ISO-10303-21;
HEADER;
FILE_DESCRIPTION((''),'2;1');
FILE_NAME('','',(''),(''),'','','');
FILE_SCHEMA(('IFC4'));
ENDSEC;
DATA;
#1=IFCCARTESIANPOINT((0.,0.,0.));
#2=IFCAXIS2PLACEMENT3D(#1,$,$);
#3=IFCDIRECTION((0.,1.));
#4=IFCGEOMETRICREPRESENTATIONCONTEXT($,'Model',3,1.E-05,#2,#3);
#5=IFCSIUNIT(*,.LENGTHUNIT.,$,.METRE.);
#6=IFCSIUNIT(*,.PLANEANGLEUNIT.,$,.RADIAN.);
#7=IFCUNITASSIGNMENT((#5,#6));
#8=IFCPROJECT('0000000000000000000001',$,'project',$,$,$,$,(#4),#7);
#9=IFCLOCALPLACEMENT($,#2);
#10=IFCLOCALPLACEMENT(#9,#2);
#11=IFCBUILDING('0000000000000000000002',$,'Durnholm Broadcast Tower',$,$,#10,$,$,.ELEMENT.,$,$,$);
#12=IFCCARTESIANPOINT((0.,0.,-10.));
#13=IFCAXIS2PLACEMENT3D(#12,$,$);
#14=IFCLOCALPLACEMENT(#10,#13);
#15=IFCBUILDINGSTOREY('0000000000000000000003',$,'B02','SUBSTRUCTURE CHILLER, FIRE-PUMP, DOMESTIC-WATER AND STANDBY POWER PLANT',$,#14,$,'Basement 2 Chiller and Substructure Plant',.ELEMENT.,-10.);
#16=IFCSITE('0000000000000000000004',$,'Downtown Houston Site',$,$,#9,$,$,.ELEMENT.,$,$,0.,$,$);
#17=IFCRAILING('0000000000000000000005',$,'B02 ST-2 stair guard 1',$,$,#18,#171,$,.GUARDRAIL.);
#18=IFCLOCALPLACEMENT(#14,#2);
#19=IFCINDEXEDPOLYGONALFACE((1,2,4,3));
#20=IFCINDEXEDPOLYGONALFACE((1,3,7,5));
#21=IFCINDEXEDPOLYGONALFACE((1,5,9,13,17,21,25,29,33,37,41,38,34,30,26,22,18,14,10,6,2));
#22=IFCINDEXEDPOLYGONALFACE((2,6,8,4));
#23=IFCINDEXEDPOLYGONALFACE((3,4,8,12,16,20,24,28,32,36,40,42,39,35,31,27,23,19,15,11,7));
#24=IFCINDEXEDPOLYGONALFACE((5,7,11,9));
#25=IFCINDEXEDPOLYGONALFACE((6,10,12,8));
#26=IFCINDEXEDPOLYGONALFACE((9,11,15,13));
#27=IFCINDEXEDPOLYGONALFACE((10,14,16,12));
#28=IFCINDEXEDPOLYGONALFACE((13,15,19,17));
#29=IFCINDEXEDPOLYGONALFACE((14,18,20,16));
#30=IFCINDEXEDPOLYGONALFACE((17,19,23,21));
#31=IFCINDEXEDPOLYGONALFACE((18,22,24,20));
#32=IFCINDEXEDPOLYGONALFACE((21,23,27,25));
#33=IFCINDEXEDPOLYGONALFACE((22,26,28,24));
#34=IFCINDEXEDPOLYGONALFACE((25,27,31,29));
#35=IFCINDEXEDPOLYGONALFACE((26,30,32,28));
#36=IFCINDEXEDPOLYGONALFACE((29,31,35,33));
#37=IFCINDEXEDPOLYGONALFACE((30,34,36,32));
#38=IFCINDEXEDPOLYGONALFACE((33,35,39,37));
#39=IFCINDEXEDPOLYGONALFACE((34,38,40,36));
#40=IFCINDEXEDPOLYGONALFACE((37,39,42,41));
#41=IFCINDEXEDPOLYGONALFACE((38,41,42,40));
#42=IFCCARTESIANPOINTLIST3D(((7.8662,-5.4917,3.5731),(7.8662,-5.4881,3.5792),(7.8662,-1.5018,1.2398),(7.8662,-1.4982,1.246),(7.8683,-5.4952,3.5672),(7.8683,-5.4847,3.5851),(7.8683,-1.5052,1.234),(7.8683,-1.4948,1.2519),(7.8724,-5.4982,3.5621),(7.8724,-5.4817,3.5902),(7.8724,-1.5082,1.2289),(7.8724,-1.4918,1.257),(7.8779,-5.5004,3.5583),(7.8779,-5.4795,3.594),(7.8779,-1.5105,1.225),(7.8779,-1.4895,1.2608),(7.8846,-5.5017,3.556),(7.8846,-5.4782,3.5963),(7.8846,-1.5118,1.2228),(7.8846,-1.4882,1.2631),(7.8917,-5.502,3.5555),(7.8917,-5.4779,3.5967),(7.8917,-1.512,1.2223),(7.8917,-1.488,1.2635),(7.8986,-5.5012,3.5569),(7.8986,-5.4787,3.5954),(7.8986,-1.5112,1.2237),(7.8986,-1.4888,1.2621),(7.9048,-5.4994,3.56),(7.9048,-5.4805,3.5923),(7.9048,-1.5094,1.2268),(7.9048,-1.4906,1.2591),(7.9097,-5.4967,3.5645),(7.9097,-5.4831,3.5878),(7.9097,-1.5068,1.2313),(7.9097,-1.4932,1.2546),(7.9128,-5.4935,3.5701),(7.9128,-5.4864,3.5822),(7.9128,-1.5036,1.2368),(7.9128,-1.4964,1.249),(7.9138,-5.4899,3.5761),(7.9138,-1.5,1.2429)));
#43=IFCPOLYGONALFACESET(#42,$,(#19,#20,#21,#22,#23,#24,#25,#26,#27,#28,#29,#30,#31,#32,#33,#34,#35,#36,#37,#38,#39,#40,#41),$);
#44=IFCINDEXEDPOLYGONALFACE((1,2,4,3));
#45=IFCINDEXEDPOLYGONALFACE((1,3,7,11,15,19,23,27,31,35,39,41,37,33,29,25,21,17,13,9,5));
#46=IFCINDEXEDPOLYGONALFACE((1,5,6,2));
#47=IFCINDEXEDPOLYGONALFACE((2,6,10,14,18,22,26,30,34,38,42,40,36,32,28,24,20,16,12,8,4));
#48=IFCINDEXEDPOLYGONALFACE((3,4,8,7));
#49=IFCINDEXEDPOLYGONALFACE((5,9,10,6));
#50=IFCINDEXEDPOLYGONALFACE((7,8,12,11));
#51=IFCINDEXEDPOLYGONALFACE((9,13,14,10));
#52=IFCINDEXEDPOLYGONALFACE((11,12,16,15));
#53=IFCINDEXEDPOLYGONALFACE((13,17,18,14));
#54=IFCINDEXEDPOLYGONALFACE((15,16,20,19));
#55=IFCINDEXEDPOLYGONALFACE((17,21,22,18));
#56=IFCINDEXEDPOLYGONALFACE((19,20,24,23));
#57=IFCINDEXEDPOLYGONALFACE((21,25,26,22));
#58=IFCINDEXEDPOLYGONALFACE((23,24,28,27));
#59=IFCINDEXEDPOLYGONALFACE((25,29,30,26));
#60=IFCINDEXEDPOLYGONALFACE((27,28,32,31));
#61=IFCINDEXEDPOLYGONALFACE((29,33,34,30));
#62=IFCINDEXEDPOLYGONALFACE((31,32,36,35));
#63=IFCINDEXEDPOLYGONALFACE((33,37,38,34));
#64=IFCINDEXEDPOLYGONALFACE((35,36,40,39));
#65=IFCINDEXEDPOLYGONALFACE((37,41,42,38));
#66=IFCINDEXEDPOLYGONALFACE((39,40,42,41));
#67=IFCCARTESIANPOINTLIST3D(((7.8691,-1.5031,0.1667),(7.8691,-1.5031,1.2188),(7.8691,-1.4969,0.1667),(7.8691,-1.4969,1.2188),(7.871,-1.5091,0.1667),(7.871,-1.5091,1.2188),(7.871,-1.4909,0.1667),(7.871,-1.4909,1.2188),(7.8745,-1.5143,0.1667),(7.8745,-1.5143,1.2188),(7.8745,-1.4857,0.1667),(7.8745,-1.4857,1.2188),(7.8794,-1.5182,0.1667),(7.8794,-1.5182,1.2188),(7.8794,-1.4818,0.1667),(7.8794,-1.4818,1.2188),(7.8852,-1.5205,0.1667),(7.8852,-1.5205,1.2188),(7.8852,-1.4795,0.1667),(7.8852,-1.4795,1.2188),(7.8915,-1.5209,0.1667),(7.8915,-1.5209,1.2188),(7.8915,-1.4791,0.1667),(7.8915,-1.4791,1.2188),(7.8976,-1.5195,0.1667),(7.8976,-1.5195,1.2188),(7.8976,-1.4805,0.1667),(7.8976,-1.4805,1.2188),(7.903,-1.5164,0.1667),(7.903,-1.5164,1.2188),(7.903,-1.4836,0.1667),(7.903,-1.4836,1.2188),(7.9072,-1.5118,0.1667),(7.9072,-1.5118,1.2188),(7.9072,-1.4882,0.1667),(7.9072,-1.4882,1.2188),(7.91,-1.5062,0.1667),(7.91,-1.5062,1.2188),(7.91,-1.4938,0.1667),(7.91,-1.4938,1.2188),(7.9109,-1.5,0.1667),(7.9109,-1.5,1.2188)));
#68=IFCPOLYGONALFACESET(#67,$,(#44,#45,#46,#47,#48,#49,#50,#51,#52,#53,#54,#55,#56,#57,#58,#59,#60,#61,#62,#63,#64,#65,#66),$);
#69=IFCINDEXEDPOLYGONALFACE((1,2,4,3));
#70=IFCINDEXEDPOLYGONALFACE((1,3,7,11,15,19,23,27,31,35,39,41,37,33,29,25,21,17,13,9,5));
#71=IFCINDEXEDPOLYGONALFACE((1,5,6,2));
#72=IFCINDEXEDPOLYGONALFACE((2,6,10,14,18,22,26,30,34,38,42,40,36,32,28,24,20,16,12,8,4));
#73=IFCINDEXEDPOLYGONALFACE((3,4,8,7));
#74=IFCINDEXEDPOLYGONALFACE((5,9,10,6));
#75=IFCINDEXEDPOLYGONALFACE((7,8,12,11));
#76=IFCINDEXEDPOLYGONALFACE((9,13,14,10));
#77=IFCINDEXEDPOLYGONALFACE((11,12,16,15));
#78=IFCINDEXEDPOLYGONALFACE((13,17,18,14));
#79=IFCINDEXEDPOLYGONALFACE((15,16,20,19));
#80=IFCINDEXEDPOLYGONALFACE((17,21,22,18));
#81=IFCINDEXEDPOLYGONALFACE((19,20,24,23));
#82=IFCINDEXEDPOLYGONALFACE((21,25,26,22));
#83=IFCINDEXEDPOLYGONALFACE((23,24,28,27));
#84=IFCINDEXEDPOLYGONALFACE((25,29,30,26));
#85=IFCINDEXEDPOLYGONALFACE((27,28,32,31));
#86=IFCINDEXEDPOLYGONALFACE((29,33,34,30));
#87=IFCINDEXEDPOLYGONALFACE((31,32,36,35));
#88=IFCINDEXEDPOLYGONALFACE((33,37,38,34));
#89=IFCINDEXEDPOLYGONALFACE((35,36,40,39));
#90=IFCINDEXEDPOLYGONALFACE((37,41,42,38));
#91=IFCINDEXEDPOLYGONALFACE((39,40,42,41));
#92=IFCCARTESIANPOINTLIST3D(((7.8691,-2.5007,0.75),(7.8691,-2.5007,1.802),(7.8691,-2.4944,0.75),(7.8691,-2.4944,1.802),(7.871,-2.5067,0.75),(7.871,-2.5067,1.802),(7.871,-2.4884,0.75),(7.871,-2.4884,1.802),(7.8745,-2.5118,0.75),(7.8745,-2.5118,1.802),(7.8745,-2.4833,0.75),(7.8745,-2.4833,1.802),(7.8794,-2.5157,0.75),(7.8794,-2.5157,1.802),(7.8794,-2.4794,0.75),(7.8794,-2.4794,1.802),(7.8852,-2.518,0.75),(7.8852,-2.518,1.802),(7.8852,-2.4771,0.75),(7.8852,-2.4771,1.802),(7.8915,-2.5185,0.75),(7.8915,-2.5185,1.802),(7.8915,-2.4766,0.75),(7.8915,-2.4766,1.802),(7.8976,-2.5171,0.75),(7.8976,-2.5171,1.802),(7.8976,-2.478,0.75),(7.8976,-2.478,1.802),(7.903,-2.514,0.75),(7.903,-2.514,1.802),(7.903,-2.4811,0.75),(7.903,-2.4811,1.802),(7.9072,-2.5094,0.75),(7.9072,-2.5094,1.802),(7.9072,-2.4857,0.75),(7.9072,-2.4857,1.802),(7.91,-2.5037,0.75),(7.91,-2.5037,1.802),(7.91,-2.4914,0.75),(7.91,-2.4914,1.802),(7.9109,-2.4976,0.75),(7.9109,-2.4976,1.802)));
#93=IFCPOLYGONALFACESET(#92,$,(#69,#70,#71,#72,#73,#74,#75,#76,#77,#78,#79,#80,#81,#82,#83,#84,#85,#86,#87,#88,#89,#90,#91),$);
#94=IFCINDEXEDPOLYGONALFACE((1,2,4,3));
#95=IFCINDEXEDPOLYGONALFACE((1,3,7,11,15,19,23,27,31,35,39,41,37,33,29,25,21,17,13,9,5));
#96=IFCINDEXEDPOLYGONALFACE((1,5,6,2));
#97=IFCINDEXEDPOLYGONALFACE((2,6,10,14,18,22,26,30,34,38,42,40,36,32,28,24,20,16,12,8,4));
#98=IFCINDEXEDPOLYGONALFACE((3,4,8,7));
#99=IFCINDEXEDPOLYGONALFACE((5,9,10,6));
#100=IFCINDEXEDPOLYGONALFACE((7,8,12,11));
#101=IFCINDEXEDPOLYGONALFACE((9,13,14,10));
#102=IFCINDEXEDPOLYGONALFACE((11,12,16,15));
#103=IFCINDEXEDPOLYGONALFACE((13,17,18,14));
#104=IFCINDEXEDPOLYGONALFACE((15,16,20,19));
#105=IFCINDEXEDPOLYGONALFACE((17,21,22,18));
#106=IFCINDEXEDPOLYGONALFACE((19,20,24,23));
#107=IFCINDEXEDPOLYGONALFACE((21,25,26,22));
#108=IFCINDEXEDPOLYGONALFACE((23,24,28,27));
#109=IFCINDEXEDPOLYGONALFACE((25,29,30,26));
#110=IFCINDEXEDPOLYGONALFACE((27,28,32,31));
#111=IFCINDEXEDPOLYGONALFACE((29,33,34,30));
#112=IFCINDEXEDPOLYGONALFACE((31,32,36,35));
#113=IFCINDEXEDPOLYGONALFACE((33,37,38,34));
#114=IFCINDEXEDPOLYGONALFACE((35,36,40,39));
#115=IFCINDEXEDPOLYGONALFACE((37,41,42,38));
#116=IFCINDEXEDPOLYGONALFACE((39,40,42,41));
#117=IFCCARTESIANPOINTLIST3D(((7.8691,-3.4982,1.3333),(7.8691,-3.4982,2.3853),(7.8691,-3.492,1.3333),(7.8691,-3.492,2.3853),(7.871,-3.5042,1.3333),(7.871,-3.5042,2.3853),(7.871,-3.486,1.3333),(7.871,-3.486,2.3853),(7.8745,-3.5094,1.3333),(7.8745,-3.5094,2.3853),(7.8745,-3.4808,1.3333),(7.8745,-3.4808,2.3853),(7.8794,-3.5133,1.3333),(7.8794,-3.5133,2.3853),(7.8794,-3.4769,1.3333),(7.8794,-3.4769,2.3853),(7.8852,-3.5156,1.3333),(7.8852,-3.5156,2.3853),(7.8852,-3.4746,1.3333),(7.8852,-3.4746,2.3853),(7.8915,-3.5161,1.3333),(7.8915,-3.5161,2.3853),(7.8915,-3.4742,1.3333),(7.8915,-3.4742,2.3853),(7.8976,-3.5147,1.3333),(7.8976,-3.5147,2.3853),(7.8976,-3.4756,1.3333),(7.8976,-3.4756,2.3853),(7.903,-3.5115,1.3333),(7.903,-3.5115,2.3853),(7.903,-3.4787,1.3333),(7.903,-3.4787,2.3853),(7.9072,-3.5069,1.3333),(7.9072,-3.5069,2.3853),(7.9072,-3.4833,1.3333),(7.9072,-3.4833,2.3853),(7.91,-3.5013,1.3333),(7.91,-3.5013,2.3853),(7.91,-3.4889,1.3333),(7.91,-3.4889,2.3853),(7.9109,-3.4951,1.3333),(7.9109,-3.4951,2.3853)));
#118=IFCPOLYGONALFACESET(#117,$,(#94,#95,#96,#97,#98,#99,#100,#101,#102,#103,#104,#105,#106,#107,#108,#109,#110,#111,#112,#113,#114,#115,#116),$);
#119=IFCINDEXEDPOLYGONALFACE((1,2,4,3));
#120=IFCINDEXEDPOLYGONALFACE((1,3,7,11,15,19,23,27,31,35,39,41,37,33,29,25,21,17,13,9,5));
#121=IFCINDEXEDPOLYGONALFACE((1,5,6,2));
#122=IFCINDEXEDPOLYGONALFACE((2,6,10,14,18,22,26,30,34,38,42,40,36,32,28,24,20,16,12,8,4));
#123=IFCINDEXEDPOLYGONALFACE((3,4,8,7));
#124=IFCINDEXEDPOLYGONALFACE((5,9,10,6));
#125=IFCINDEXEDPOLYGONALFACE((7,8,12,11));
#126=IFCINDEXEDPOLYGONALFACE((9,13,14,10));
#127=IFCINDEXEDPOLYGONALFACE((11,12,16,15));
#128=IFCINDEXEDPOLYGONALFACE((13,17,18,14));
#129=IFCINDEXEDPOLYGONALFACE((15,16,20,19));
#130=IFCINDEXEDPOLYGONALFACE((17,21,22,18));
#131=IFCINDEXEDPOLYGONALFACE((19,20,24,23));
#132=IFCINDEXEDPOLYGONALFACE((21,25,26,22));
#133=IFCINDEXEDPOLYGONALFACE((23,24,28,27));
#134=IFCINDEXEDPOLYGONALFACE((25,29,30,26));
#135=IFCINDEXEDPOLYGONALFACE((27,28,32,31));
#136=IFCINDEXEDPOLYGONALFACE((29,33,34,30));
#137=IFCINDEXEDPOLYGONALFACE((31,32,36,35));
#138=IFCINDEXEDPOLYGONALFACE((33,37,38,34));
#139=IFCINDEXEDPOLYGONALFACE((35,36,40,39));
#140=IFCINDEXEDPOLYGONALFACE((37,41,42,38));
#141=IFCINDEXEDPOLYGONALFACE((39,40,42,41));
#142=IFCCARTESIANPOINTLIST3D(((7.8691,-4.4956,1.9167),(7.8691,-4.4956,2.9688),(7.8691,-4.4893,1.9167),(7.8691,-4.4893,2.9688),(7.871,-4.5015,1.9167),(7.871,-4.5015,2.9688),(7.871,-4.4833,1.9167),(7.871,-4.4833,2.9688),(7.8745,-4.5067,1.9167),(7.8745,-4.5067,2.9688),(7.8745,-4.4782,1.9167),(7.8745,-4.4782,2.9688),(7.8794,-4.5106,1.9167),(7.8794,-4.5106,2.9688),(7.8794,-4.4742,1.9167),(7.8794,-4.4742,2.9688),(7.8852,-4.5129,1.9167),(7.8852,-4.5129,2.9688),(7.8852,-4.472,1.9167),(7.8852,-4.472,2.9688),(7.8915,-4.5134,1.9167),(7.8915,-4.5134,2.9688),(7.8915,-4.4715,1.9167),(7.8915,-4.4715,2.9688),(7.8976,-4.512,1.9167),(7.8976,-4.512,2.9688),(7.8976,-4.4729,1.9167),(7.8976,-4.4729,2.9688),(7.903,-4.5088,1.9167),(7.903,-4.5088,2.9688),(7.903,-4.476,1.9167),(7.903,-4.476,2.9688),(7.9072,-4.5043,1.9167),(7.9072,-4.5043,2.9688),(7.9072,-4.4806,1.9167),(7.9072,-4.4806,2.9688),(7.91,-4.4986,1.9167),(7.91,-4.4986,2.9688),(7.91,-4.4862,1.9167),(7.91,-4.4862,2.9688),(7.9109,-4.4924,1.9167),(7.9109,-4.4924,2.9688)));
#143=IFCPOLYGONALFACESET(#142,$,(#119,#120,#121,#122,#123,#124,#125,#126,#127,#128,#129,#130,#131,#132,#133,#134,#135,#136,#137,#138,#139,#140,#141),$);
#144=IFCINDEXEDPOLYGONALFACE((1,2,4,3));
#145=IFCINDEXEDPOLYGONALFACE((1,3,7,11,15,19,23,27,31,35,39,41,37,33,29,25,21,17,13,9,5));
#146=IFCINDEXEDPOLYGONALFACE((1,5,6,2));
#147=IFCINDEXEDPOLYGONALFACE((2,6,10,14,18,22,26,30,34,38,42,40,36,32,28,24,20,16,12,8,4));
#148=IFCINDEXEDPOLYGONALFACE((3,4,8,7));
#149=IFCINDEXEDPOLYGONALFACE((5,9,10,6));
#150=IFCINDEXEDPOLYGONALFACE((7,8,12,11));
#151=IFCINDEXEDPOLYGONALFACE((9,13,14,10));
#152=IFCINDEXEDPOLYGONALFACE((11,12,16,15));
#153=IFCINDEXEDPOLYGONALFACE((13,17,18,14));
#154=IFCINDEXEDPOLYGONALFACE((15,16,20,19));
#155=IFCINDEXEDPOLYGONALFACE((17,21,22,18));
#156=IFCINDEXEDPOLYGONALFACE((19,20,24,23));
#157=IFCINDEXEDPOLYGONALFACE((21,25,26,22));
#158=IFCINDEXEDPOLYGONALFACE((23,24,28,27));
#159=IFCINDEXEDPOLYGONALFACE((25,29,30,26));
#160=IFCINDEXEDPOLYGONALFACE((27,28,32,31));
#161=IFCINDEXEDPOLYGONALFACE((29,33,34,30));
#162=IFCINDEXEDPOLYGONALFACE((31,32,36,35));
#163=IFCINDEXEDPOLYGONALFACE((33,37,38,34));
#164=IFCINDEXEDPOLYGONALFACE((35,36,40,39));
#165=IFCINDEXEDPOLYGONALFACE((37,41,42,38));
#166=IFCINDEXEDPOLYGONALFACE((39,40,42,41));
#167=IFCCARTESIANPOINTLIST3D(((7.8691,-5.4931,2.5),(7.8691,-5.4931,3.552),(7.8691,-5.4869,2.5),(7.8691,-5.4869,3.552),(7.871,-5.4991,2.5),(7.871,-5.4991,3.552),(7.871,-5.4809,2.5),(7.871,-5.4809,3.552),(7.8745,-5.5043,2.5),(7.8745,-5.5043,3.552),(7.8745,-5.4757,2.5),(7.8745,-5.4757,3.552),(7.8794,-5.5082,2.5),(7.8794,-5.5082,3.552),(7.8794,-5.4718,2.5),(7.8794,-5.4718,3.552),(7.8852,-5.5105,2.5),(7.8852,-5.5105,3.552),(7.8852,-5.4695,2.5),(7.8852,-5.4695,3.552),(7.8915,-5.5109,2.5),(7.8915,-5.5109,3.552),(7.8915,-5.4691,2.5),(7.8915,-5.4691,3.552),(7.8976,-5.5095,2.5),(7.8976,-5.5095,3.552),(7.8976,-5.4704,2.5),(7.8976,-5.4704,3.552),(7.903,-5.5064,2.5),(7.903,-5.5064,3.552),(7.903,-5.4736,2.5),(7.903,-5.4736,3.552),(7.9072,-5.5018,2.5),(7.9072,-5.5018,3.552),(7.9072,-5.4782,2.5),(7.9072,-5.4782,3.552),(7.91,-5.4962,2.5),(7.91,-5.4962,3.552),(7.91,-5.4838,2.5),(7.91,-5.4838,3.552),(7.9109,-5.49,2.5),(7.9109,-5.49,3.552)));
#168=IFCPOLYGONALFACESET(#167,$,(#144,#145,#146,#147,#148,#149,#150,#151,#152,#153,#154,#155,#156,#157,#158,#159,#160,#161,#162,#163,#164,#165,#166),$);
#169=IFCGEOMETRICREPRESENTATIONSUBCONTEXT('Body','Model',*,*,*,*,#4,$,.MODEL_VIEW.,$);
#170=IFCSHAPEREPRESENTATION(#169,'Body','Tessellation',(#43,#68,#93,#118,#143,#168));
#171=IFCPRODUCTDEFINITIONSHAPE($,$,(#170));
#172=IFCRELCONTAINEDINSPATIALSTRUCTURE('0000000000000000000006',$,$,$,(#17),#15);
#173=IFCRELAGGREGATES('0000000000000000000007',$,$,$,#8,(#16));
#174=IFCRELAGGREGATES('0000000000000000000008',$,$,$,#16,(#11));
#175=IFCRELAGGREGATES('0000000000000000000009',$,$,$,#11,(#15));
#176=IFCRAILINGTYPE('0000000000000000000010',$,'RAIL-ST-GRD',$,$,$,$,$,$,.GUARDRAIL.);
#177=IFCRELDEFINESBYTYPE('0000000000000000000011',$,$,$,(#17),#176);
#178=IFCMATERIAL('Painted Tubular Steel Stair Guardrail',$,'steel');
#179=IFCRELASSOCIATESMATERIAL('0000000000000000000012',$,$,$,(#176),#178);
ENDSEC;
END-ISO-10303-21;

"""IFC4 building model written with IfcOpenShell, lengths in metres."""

from ifc_helpers import new_model, si_unit, direction, frame, origin, origin_2d, place, context, subcontext, project, spatial, circle, extrude, material, type_object, element, save


model = new_model("IFC4")

# Units and contexts
model_context = context("Model", 3, precision=1e-05, world=origin(), true_north=direction((0.0, 1.0)))
body_context = subcontext(model_context, "Body", "Model", "MODEL_VIEW")
ifc_project = project(units=[si_unit("LENGTHUNIT", "METRE"), si_unit("PLANEANGLEUNIT", "RADIAN")], contexts=[model_context])

# Site, building, storey
site_placement = place(None, origin())
site = spatial("IfcSite", under=ifc_project, at=site_placement, Name="Downtown Houston Site", CompositionType="ELEMENT", RefElevation=0.0)
building_placement = place(site_placement, origin())
building = spatial("IfcBuilding", under=site, at=building_placement, Name="Durnholm Broadcast Tower", CompositionType="ELEMENT")
storey_placement = place(building_placement, frame((0.0, 0.0, -10.0)))
storey = spatial("IfcBuildingStorey", under=building, at=storey_placement, Name="B02", Description="SUBSTRUCTURE CHILLER, FIRE-PUMP, DOMESTIC-WATER AND STANDBY POWER PLANT", LongName="Basement 2 Chiller and Substructure Plant", CompositionType="ELEMENT", Elevation=-10.0)

# Railing
ifc_material_1 = material(Name="Painted Tubular Steel Stair Guardrail", Category="steel")
railing_type_1 = type_object("IfcRailingType", Name="RAIL-ST-GRD", PredefinedType="GUARDRAIL", material=ifc_material_1)
railing_1_placement = place(storey_placement, frame((7.8899, -1.5, 0.1667)))
element("IfcRailing", 1, at=railing_1_placement, inside=storey, type_object=railing_type_1, Name="B02 ST-2 stair guard 1", PredefinedType="GUARDRAIL", context=body_context, shape_type="SweptSolid", body=[
    extrude(circle(Radius=0.0239, at=origin_2d()), frame((0.0, 0.0, 1.0762), z_axis=(0.0, -0.863236, 0.5048), x_axis=(1.0, 0.0, 0.0)), (0.0, 0.0, 1.0), 4.6221),
    extrude(circle(Radius=0.021, at=origin_2d()), origin(), (0.0, 0.0, 1.0), 1.052),
    extrude(circle(Radius=0.021, at=origin_2d()), frame((0.0, -0.9976, 0.5833)), (0.0, 0.0, 1.0), 1.052),
    extrude(circle(Radius=0.021, at=origin_2d()), frame((0.0, -1.9951, 1.1665)), (0.0, 0.0, 1.0), 1.052),
    extrude(circle(Radius=0.021, at=origin_2d()), frame((0.0, -2.9924, 1.75)), (0.0, 0.0, 1.0), 1.052),
    extrude(circle(Radius=0.021, at=origin_2d()), frame((0.0, -3.99, 2.3333)), (0.0, 0.0, 1.0), 1.052),
])

save(model, "model.ifc")
